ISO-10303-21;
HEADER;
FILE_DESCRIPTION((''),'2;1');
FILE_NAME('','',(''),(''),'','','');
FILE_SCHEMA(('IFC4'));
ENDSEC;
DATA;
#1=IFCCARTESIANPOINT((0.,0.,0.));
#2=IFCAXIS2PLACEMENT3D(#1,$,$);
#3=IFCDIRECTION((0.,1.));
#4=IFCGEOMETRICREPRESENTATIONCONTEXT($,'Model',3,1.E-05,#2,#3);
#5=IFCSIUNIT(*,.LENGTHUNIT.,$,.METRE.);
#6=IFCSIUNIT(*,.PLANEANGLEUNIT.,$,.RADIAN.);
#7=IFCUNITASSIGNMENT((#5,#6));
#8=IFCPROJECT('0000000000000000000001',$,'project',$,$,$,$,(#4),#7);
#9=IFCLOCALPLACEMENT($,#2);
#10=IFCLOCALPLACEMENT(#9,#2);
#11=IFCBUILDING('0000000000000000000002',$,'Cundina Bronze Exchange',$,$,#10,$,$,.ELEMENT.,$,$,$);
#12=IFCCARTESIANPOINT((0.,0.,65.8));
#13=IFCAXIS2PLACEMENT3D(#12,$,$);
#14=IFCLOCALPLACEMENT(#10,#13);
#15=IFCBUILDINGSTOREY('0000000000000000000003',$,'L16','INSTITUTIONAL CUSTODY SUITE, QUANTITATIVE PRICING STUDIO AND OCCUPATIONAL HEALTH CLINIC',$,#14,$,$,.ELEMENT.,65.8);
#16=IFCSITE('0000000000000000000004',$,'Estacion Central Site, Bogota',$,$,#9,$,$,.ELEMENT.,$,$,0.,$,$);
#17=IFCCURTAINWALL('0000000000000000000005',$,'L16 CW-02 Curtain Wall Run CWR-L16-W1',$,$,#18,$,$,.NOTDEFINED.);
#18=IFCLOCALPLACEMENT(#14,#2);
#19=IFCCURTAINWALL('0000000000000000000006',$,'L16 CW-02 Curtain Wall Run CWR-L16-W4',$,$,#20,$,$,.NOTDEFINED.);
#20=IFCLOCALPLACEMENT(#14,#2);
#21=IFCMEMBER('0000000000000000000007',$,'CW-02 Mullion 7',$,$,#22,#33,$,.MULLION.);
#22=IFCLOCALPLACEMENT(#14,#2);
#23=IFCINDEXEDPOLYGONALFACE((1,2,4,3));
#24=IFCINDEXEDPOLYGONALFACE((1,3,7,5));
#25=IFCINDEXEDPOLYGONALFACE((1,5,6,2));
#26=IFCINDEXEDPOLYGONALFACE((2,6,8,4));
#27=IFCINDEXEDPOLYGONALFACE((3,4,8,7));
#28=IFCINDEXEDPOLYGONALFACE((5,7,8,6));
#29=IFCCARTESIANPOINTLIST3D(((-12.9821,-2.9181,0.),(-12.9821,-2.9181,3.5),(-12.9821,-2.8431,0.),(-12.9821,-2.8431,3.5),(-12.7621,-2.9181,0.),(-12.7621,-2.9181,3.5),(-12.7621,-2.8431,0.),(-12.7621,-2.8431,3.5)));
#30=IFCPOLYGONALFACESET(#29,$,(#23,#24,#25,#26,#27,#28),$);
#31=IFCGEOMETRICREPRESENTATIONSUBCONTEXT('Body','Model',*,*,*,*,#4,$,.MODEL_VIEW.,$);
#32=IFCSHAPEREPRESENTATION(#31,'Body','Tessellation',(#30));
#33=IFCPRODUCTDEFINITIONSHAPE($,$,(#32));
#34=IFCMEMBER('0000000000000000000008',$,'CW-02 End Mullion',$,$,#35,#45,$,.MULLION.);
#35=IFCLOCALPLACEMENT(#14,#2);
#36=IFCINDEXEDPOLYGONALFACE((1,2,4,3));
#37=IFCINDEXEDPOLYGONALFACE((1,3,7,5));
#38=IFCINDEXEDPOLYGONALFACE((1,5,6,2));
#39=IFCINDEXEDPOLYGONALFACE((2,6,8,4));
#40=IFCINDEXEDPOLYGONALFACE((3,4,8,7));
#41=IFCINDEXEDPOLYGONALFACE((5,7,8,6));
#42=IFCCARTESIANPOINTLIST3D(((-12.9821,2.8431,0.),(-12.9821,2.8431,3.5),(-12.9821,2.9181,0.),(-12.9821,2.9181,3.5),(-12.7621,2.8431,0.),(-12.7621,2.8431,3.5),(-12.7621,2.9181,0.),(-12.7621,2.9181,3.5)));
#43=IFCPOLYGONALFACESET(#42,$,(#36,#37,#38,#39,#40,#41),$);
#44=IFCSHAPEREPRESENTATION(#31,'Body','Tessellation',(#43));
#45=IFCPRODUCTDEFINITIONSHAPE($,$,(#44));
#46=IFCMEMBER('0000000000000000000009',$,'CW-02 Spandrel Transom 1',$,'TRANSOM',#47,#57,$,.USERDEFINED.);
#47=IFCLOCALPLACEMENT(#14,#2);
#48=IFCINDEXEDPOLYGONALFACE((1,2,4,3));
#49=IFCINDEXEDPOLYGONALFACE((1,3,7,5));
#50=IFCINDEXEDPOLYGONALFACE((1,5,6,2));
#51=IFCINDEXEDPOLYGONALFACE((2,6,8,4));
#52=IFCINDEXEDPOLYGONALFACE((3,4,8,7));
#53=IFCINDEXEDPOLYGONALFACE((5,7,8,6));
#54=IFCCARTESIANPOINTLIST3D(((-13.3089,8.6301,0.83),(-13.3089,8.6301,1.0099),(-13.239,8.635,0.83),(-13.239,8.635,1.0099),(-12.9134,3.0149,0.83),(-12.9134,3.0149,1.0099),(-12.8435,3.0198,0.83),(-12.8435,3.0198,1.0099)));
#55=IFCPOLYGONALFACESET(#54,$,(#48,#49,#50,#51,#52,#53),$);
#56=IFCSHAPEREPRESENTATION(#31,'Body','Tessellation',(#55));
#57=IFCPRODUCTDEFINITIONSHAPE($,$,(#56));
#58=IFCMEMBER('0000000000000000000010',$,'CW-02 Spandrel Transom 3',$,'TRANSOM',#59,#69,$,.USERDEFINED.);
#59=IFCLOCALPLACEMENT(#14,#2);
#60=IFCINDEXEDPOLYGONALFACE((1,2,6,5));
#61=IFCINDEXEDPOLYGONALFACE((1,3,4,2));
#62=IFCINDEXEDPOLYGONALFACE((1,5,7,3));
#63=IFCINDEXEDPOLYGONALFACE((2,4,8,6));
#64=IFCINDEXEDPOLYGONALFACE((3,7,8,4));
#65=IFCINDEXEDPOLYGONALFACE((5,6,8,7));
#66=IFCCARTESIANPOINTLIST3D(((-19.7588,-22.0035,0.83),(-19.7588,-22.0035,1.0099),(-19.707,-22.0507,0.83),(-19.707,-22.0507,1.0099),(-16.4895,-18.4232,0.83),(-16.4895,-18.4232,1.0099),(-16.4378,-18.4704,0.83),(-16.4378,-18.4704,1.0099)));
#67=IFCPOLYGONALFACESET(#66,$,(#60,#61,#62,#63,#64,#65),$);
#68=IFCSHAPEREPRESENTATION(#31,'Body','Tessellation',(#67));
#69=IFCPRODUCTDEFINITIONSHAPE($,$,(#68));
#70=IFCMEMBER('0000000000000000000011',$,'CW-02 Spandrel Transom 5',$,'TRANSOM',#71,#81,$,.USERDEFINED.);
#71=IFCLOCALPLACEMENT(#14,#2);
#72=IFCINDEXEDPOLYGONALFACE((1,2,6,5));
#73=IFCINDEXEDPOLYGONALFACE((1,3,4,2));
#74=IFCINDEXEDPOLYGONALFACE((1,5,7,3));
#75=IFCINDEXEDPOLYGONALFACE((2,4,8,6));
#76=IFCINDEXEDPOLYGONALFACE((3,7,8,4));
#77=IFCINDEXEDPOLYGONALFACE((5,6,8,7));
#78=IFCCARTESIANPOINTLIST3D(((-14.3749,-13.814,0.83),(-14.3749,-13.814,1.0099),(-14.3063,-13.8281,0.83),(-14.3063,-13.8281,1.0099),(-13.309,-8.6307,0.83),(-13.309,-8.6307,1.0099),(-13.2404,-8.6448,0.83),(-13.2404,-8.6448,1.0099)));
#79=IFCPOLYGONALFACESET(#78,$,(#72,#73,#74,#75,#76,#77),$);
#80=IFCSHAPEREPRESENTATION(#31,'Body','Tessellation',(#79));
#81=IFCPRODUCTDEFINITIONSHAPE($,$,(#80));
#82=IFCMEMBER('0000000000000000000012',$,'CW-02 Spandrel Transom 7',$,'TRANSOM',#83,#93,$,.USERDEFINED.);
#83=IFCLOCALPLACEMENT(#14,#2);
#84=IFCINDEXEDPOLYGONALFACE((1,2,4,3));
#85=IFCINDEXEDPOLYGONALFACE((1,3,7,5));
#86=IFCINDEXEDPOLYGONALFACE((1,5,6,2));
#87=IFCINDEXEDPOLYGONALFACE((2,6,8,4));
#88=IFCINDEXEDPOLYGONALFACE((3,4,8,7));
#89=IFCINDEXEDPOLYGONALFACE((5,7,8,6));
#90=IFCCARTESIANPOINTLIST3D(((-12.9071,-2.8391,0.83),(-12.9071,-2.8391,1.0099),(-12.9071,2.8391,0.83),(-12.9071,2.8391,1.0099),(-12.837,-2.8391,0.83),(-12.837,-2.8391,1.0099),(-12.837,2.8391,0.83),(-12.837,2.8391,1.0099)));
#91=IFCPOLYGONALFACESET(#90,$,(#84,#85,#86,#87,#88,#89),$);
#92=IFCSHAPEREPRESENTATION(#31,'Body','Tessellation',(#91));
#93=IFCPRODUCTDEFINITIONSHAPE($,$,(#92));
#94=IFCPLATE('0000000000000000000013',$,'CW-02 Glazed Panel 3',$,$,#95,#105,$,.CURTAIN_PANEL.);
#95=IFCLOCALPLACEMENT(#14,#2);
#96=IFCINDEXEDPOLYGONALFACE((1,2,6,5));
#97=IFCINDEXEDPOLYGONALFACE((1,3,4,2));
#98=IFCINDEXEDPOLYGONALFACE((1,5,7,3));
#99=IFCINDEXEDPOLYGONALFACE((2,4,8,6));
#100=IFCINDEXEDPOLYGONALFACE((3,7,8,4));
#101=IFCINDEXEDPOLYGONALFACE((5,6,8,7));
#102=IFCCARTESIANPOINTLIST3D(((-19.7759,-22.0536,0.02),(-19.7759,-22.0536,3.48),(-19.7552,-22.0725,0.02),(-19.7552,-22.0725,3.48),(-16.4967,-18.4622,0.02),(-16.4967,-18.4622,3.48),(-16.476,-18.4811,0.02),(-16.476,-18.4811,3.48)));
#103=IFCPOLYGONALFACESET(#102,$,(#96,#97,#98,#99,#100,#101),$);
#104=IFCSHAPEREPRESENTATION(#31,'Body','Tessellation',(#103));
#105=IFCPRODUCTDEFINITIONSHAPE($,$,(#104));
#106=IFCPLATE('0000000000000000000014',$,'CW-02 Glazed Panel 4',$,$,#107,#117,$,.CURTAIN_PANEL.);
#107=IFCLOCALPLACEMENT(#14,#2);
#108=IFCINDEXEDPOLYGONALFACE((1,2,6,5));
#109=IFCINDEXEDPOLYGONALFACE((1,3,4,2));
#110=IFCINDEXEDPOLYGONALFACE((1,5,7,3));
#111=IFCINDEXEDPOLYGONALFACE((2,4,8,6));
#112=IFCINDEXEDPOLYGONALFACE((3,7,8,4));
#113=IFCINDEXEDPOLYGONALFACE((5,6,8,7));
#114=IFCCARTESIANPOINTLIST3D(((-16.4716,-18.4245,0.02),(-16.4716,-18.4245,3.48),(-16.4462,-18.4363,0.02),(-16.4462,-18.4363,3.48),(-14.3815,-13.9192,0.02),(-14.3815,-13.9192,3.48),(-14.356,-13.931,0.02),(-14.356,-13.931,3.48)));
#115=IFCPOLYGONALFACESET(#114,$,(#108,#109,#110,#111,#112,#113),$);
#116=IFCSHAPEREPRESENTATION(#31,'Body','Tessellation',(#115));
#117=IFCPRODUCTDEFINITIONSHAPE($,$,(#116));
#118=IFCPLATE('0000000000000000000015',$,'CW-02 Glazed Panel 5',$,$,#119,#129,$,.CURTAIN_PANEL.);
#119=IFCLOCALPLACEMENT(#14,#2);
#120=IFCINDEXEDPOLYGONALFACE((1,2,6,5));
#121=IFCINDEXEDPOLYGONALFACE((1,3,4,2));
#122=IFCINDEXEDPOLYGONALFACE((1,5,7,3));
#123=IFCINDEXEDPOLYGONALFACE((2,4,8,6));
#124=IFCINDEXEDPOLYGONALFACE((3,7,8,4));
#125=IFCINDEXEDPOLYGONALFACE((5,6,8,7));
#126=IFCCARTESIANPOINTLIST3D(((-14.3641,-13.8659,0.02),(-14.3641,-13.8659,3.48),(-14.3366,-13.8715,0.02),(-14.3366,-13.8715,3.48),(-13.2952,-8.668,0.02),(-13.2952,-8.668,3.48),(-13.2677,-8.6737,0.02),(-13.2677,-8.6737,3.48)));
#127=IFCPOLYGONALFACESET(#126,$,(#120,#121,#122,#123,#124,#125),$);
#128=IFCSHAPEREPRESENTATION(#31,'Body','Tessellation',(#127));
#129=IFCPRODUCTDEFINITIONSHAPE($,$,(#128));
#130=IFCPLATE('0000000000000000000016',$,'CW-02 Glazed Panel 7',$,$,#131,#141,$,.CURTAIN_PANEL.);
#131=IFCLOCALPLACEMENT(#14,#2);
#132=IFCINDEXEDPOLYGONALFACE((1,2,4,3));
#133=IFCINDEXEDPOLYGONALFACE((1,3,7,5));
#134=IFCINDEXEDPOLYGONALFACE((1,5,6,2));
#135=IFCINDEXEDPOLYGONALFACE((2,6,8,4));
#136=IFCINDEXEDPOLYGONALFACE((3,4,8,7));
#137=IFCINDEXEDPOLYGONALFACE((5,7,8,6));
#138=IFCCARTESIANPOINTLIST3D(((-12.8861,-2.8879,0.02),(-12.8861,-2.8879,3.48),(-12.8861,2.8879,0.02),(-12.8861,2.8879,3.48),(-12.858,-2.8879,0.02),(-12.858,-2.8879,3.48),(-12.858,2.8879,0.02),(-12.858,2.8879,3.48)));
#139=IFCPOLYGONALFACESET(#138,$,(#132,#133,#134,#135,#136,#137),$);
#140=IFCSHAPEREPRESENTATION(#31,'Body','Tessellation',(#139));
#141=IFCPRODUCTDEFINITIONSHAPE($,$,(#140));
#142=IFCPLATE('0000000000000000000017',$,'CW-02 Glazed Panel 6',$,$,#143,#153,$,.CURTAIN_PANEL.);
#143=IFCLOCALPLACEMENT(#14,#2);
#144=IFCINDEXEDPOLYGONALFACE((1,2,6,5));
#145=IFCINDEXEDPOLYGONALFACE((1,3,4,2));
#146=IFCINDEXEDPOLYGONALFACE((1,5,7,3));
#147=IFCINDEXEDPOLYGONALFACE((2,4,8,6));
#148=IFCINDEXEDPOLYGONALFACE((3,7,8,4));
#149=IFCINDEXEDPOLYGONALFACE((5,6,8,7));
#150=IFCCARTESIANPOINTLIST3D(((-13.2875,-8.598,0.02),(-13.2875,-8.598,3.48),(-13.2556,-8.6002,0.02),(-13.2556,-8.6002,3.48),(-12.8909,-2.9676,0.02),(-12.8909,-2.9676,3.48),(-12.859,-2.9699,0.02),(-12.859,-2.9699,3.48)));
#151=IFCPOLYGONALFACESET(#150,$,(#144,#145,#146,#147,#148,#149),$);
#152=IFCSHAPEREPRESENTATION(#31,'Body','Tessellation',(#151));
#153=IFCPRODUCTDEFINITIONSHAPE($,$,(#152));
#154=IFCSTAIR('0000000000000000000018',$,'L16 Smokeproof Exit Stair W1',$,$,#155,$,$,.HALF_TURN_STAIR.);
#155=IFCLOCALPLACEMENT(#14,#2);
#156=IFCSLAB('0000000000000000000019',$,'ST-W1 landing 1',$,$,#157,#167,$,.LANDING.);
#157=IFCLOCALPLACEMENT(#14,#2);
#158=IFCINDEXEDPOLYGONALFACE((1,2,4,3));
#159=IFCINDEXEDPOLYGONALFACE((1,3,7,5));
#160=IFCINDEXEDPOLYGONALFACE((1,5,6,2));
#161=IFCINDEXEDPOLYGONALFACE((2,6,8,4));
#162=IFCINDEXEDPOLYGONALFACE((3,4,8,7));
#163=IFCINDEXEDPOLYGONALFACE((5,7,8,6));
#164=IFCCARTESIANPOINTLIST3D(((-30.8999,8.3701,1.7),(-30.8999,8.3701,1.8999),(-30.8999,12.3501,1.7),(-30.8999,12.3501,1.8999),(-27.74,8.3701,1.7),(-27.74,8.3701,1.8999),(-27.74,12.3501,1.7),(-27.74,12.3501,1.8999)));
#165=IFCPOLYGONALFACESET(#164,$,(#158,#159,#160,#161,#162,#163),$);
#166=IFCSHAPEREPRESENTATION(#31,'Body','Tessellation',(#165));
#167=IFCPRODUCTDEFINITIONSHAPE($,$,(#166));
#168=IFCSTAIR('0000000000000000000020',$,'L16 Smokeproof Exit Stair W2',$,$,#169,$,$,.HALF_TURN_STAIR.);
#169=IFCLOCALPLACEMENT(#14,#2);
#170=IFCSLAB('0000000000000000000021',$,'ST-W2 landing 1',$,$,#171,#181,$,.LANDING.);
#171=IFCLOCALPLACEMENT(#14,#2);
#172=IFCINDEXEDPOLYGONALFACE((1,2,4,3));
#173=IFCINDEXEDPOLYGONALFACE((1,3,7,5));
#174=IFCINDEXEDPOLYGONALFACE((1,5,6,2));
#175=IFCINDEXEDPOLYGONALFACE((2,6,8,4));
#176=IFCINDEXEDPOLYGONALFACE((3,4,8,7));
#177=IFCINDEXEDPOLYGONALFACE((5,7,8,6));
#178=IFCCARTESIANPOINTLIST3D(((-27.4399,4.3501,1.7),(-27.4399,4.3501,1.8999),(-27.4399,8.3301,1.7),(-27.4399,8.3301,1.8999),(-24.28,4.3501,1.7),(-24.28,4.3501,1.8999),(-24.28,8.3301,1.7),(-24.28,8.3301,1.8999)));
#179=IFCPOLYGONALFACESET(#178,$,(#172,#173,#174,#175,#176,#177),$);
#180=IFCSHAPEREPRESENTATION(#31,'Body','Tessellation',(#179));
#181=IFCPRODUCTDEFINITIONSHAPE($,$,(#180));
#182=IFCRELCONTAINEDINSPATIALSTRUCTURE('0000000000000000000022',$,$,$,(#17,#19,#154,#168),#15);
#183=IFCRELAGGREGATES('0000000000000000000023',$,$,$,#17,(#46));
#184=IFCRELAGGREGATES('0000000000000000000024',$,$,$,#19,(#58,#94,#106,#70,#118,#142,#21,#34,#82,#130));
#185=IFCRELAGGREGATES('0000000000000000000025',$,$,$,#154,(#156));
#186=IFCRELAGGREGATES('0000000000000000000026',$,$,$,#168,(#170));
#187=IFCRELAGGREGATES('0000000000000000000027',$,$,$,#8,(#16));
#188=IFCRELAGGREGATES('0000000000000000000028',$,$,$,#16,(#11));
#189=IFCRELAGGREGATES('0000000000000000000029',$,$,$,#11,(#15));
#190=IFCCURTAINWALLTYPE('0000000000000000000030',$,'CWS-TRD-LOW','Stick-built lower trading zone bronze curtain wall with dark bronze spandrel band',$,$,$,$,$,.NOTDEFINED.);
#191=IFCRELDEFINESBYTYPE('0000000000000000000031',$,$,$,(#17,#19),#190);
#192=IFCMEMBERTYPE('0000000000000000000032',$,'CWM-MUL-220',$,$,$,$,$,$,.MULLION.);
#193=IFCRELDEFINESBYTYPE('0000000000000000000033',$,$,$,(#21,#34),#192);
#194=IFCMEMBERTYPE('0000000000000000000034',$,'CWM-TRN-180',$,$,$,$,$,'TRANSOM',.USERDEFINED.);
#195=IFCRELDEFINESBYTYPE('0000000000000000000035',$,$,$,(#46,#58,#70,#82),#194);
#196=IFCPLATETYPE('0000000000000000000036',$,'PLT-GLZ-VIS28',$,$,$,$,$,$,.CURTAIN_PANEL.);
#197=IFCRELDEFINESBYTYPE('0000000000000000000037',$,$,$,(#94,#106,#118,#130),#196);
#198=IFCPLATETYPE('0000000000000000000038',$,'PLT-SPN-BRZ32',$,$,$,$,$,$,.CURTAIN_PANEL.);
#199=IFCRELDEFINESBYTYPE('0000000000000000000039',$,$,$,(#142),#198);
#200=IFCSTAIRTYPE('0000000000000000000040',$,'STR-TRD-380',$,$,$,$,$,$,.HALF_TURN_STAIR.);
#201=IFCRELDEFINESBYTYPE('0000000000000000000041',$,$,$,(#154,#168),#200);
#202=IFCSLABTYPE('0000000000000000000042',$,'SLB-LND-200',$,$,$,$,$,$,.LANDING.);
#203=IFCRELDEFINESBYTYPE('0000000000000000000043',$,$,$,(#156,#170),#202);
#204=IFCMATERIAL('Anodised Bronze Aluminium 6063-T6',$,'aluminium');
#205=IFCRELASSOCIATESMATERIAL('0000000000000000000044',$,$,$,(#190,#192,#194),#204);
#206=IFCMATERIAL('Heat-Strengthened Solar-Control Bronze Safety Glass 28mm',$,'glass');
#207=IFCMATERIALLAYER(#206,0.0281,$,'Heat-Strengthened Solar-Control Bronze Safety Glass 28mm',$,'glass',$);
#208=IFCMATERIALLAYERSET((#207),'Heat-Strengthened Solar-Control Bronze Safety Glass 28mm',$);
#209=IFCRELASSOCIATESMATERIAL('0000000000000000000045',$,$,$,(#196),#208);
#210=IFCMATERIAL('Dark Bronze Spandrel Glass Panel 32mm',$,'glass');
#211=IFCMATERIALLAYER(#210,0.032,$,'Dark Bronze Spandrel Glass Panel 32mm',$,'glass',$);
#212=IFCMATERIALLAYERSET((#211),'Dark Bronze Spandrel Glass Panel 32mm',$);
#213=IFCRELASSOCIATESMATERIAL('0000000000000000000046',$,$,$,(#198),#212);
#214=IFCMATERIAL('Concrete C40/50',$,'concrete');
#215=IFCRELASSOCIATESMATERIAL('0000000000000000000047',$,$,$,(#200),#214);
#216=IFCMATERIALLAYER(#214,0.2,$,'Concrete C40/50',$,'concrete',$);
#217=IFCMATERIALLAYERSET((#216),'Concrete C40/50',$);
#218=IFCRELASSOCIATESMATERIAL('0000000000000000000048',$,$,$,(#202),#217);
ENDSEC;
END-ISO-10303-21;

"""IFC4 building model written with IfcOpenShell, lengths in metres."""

from ifc_helpers import new_model, si_unit, direction, frame, origin, origin_2d, place, context, subcontext, project, spatial, polyline, rectangle, outline, extrude, material, layer, layer_set, material_profile, profile_set, type_object, element, aggregate, save


model = new_model("IFC4")

# Units and contexts
model_context = context("Model", 3, precision=1e-05, world=origin(), true_north=direction((0.0, 1.0)))
body_context = subcontext(model_context, "Body", "Model", "MODEL_VIEW")
ifc_project = project(units=[si_unit("LENGTHUNIT", "METRE"), si_unit("PLANEANGLEUNIT", "RADIAN")], contexts=[model_context])

# Site, building, storey
site_placement = place(None, origin())
site = spatial("IfcSite", under=ifc_project, at=site_placement, Name="Estacion Central Site, Bogota", CompositionType="ELEMENT", RefElevation=0.0)
building_placement = place(site_placement, origin())
building = spatial("IfcBuilding", under=site, at=building_placement, Name="Cundina Bronze Exchange", CompositionType="ELEMENT")
storey_placement = place(building_placement, frame((0.0, 0.0, 65.8)))
storey = spatial("IfcBuildingStorey", under=building, at=storey_placement, Name="L16", Description="INSTITUTIONAL CUSTODY SUITE, QUANTITATIVE PRICING STUDIO AND OCCUPATIONAL HEALTH CLINIC", CompositionType="ELEMENT", Elevation=65.8)

# Curtain wall
ifc_material_1 = material(Name="Anodised Bronze Aluminium 6063-T6", Category="aluminium")
curtain_wall_type = type_object("IfcCurtainWallType", Name="CWS-TRD-LOW", Description="Stick-built lower trading zone bronze curtain wall with dark bronze spandrel band", PredefinedType="NOTDEFINED", material=ifc_material_1)
curtain_wall_1_placement = place(storey_placement, origin())
curtain_wall_1 = element("IfcCurtainWall", 1, at=curtain_wall_1_placement, inside=storey, type_object=curtain_wall_type, Name="L16 CW-02 Curtain Wall Run CWR-L16-W1", PredefinedType="NOTDEFINED")
ifc_material_profile_1 = material_profile(ifc_material_1, rectangle(XDim=0.075, YDim=0.22, at=origin_2d()), Name="AL75X220", Category="aluminium")
ifc_profile_set_1 = profile_set([ifc_material_profile_1], Name="Anodised Bronze Aluminium 6063-T6")
member_type_1 = type_object("IfcMemberType", Name="CWM-MUL-220", PredefinedType="MULLION", material=ifc_profile_set_1)

# Curtain wall, members
curtain_wall_2_placement = place(storey_placement, origin())
curtain_wall_2 = element("IfcCurtainWall", 2, at=curtain_wall_2_placement, inside=storey, type_object=curtain_wall_type, Name="L16 CW-02 Curtain Wall Run CWR-L16-W4", PredefinedType="NOTDEFINED")
member_1_placement = place(storey_placement, frame((-12.8721, -2.8806, 0.0), z_axis=(0.0, 0.0, 1.0), x_axis=(0.0, 1.0, 0.0)))
member_1 = element("IfcMember", 3, at=member_1_placement, type_object=member_type_1, Name="CW-02 Mullion 7", PredefinedType="MULLION", context=body_context, shape_type="SweptSolid", body=[
    extrude(rectangle(XDim=0.075, YDim=0.22, at=origin_2d()), origin(), (0.0, 0.0, 1.0), 3.5),
])
member_2_placement = place(storey_placement, frame((-12.8721, 2.8806, 0.0), z_axis=(0.0, 0.0, 1.0), x_axis=(0.0, 1.0, 0.0)))
member_2 = element("IfcMember", 4, at=member_2_placement, type_object=member_type_1, Name="CW-02 End Mullion", PredefinedType="MULLION", context=body_context, shape_type="SweptSolid", body=[
    extrude(rectangle(XDim=0.075, YDim=0.22, at=origin_2d()), origin(), (0.0, 0.0, 1.0), 3.5),
])

# Members
ifc_material_profile_2 = material_profile(ifc_material_1, rectangle(XDim=0.0701, YDim=0.1799, at=origin_2d()), Name="AL70X180", Category="aluminium")
ifc_profile_set_2 = profile_set([ifc_material_profile_2], Name="Anodised Bronze Aluminium 6063-T6")
member_type_2 = type_object("IfcMemberType", Name="CWM-TRN-180", ElementType="TRANSOM", PredefinedType="USERDEFINED", material=ifc_profile_set_2)
member_3_placement = place(storey_placement, frame((-12.8784, 3.0173, 0.9199), z_axis=(-0.070261, 0.997529, 0.0), x_axis=(-0.997529, -0.070261, 0.0)))
member_3 = element("IfcMember", 5, at=member_3_placement, type_object=member_type_2, Name="CW-02 Spandrel Transom 1", ObjectType="TRANSOM", PredefinedType="USERDEFINED", context=body_context, shape_type="SweptSolid", body=[
    extrude(rectangle(XDim=0.0701, YDim=0.1799, at=origin_2d()), origin(), (0.0, 0.0, 1.0), 5.6292),
])
aggregate(curtain_wall_1, [member_3])
member_4_placement = place(storey_placement, frame((-19.7329, -22.0271, 0.9199), z_axis=(0.674303, 0.738455, 0.0), x_axis=(-0.738455, 0.674303, 0.0)))
member_4 = element("IfcMember", 6, at=member_4_placement, type_object=member_type_2, Name="CW-02 Spandrel Transom 3", ObjectType="TRANSOM", PredefinedType="USERDEFINED", context=body_context, shape_type="SweptSolid", body=[
    extrude(rectangle(XDim=0.0701, YDim=0.1799, at=origin_2d()), origin(), (0.0, 0.0, 1.0), 4.8484),
])
member_5_placement = place(storey_placement, frame((-14.3406, -13.821, 0.9199), z_axis=(0.201428, 0.979503, 0.0), x_axis=(-0.979503, 0.201428, 0.0)))
member_5 = element("IfcMember", 7, at=member_5_placement, type_object=member_type_2, Name="CW-02 Spandrel Transom 5", ObjectType="TRANSOM", PredefinedType="USERDEFINED", context=body_context, shape_type="SweptSolid", body=[
    extrude(rectangle(XDim=0.0701, YDim=0.1799, at=origin_2d()), origin(), (0.0, 0.0, 1.0), 5.2917),
])
member_6_placement = place(storey_placement, frame((-12.8721, -2.8391, 0.9199), z_axis=(0.0, 1.0, 0.0), x_axis=(-1.0, 0.0, 0.0)))
member_6 = element("IfcMember", 8, at=member_6_placement, type_object=member_type_2, Name="CW-02 Spandrel Transom 7", ObjectType="TRANSOM", PredefinedType="USERDEFINED", context=body_context, shape_type="SweptSolid", body=[
    extrude(rectangle(XDim=0.0701, YDim=0.1799, at=origin_2d()), origin(), (0.0, 0.0, 1.0), 5.6782),
])

# Plates
ifc_material_2 = material(Name="Heat-Strengthened Solar-Control Bronze Safety Glass 28mm", Category="glass")
ifc_layer_1 = layer(ifc_material_2, 0.0281, Name="Heat-Strengthened Solar-Control Bronze Safety Glass 28mm", Category="glass")
ifc_layer_set_1 = layer_set([ifc_layer_1], Name="Heat-Strengthened Solar-Control Bronze Safety Glass 28mm")
plate_type_1 = type_object("IfcPlateType", Name="PLT-GLZ-VIS28", PredefinedType="CURTAIN_PANEL", material=ifc_layer_set_1)
plate_1_placement = place(storey_placement, frame((-18.126, -20.2673, 0.02), z_axis=(0.0, 0.0, 1.0), x_axis=(0.674277, 0.738479, 0.0)))
plate_1 = element("IfcPlate", 9, at=plate_1_placement, type_object=plate_type_1, Name="CW-02 Glazed Panel 3", PredefinedType="CURTAIN_PANEL", context=body_context, shape_type="SweptSolid", body=[
    extrude(rectangle(XDim=4.8633, YDim=0.0281, at=origin_2d()), origin(), (0.0, 0.0, 1.0), 3.46),
])
plate_2_placement = place(storey_placement, frame((-15.4138, -16.1777, 0.02), z_axis=(0.0, 0.0, 1.0), x_axis=(0.420846, 0.907132, 0.0)))
plate_2 = element("IfcPlate", 10, at=plate_2_placement, type_object=plate_type_1, Name="CW-02 Glazed Panel 4", PredefinedType="CURTAIN_PANEL", context=body_context, shape_type="SweptSolid", body=[
    extrude(rectangle(XDim=4.9666, YDim=0.0281, at=origin_2d()), origin(), (0.0, 0.0, 1.0), 3.46),
])
plate_3_placement = place(storey_placement, frame((-13.8159, -11.2698, 0.02), z_axis=(0.0, 0.0, 1.0), x_axis=(0.20142, 0.979505, 0.0)))
plate_3 = element("IfcPlate", 11, at=plate_3_placement, type_object=plate_type_1, Name="CW-02 Glazed Panel 5", PredefinedType="CURTAIN_PANEL", context=body_context, shape_type="SweptSolid", body=[
    extrude(rectangle(XDim=5.3066, YDim=0.0281, at=origin_2d()), origin(), (0.0, 0.0, 1.0), 3.46),
])
plate_4_placement = place(storey_placement, frame((-12.8721, 0.0, 0.02), z_axis=(0.0, 0.0, 1.0), x_axis=(0.0, 1.0, 0.0)))
plate_4 = element("IfcPlate", 12, at=plate_4_placement, type_object=plate_type_1, Name="CW-02 Glazed Panel 7", PredefinedType="CURTAIN_PANEL", context=body_context, shape_type="SweptSolid", body=[
    extrude(rectangle(XDim=5.7759, YDim=0.0281, at=origin_2d()), origin(), (0.0, 0.0, 1.0), 3.46),
])
ifc_material_3 = material(Name="Dark Bronze Spandrel Glass Panel 32mm", Category="glass")
ifc_layer_2 = layer(ifc_material_3, 0.032, Name="Dark Bronze Spandrel Glass Panel 32mm", Category="glass")
ifc_layer_set_2 = layer_set([ifc_layer_2], Name="Dark Bronze Spandrel Glass Panel 32mm")
plate_type_2 = type_object("IfcPlateType", Name="PLT-SPN-BRZ32", PredefinedType="CURTAIN_PANEL", material=ifc_layer_set_2)
plate_5_placement = place(storey_placement, frame((-13.0732, -5.7839, 0.02), z_axis=(0.0, 0.0, 1.0), x_axis=(0.070279, 0.997527, 0.0)))
plate_5 = element("IfcPlate", 13, at=plate_5_placement, type_object=plate_type_2, Name="CW-02 Glazed Panel 6", PredefinedType="CURTAIN_PANEL", context=body_context, shape_type="SweptSolid", body=[
    extrude(rectangle(XDim=5.6443, YDim=0.032, at=origin_2d()), origin(), (0.0, 0.0, 1.0), 3.46),
])
aggregate(curtain_wall_2, [member_4, plate_1, plate_2, member_5, plate_3, plate_5, member_1, member_2, member_6, plate_4])

# Stairs, slabs
ifc_material_4 = material(Name="Concrete C40/50", Category="concrete")
stair_type = type_object("IfcStairType", Name="STR-TRD-380", PredefinedType="HALF_TURN_STAIR", material=ifc_material_4)
stair_1_placement = place(storey_placement, origin())
stair_1 = element("IfcStair", 14, at=stair_1_placement, inside=storey, type_object=stair_type, Name="L16 Smokeproof Exit Stair W1", PredefinedType="HALF_TURN_STAIR")
ifc_layer_3 = layer(ifc_material_4, 0.2, Name="Concrete C40/50", Category="concrete")
ifc_layer_set_3 = layer_set([ifc_layer_3], Name="Concrete C40/50")
slab_type_1 = type_object("IfcSlabType", Name="SLB-LND-200", PredefinedType="LANDING", material=ifc_layer_set_3)
slab_1_placement = place(storey_placement, frame((0.0, 0.0, 1.7)))
slab_1 = element("IfcSlab", 15, at=slab_1_placement, type_object=slab_type_1, Name="ST-W1 landing 1", PredefinedType="LANDING", context=body_context, shape_type="SweptSolid", body=[
    extrude(outline(polyline([(-27.74, 8.3701), (-27.74, 12.3501), (-30.8999, 12.3501), (-30.8999, 8.3701), (-27.74, 8.3701)])), origin(), (0.0, 0.0, 1.0), 0.2),
])
aggregate(stair_1, [slab_1])
stair_2_placement = place(storey_placement, origin())
stair_2 = element("IfcStair", 16, at=stair_2_placement, inside=storey, type_object=stair_type, Name="L16 Smokeproof Exit Stair W2", PredefinedType="HALF_TURN_STAIR")
slab_2_placement = place(storey_placement, frame((0.0, 0.0, 1.7)))
slab_2 = element("IfcSlab", 17, at=slab_2_placement, type_object=slab_type_1, Name="ST-W2 landing 1", PredefinedType="LANDING", context=body_context, shape_type="SweptSolid", body=[
    extrude(outline(polyline([(-27.4399, 8.3301), (-27.4399, 4.3501), (-24.28, 4.3501), (-24.28, 8.3301), (-27.4399, 8.3301)])), origin(), (0.0, 0.0, 1.0), 0.2),
])
aggregate(stair_2, [slab_2])

save(model, "model.ifc")
